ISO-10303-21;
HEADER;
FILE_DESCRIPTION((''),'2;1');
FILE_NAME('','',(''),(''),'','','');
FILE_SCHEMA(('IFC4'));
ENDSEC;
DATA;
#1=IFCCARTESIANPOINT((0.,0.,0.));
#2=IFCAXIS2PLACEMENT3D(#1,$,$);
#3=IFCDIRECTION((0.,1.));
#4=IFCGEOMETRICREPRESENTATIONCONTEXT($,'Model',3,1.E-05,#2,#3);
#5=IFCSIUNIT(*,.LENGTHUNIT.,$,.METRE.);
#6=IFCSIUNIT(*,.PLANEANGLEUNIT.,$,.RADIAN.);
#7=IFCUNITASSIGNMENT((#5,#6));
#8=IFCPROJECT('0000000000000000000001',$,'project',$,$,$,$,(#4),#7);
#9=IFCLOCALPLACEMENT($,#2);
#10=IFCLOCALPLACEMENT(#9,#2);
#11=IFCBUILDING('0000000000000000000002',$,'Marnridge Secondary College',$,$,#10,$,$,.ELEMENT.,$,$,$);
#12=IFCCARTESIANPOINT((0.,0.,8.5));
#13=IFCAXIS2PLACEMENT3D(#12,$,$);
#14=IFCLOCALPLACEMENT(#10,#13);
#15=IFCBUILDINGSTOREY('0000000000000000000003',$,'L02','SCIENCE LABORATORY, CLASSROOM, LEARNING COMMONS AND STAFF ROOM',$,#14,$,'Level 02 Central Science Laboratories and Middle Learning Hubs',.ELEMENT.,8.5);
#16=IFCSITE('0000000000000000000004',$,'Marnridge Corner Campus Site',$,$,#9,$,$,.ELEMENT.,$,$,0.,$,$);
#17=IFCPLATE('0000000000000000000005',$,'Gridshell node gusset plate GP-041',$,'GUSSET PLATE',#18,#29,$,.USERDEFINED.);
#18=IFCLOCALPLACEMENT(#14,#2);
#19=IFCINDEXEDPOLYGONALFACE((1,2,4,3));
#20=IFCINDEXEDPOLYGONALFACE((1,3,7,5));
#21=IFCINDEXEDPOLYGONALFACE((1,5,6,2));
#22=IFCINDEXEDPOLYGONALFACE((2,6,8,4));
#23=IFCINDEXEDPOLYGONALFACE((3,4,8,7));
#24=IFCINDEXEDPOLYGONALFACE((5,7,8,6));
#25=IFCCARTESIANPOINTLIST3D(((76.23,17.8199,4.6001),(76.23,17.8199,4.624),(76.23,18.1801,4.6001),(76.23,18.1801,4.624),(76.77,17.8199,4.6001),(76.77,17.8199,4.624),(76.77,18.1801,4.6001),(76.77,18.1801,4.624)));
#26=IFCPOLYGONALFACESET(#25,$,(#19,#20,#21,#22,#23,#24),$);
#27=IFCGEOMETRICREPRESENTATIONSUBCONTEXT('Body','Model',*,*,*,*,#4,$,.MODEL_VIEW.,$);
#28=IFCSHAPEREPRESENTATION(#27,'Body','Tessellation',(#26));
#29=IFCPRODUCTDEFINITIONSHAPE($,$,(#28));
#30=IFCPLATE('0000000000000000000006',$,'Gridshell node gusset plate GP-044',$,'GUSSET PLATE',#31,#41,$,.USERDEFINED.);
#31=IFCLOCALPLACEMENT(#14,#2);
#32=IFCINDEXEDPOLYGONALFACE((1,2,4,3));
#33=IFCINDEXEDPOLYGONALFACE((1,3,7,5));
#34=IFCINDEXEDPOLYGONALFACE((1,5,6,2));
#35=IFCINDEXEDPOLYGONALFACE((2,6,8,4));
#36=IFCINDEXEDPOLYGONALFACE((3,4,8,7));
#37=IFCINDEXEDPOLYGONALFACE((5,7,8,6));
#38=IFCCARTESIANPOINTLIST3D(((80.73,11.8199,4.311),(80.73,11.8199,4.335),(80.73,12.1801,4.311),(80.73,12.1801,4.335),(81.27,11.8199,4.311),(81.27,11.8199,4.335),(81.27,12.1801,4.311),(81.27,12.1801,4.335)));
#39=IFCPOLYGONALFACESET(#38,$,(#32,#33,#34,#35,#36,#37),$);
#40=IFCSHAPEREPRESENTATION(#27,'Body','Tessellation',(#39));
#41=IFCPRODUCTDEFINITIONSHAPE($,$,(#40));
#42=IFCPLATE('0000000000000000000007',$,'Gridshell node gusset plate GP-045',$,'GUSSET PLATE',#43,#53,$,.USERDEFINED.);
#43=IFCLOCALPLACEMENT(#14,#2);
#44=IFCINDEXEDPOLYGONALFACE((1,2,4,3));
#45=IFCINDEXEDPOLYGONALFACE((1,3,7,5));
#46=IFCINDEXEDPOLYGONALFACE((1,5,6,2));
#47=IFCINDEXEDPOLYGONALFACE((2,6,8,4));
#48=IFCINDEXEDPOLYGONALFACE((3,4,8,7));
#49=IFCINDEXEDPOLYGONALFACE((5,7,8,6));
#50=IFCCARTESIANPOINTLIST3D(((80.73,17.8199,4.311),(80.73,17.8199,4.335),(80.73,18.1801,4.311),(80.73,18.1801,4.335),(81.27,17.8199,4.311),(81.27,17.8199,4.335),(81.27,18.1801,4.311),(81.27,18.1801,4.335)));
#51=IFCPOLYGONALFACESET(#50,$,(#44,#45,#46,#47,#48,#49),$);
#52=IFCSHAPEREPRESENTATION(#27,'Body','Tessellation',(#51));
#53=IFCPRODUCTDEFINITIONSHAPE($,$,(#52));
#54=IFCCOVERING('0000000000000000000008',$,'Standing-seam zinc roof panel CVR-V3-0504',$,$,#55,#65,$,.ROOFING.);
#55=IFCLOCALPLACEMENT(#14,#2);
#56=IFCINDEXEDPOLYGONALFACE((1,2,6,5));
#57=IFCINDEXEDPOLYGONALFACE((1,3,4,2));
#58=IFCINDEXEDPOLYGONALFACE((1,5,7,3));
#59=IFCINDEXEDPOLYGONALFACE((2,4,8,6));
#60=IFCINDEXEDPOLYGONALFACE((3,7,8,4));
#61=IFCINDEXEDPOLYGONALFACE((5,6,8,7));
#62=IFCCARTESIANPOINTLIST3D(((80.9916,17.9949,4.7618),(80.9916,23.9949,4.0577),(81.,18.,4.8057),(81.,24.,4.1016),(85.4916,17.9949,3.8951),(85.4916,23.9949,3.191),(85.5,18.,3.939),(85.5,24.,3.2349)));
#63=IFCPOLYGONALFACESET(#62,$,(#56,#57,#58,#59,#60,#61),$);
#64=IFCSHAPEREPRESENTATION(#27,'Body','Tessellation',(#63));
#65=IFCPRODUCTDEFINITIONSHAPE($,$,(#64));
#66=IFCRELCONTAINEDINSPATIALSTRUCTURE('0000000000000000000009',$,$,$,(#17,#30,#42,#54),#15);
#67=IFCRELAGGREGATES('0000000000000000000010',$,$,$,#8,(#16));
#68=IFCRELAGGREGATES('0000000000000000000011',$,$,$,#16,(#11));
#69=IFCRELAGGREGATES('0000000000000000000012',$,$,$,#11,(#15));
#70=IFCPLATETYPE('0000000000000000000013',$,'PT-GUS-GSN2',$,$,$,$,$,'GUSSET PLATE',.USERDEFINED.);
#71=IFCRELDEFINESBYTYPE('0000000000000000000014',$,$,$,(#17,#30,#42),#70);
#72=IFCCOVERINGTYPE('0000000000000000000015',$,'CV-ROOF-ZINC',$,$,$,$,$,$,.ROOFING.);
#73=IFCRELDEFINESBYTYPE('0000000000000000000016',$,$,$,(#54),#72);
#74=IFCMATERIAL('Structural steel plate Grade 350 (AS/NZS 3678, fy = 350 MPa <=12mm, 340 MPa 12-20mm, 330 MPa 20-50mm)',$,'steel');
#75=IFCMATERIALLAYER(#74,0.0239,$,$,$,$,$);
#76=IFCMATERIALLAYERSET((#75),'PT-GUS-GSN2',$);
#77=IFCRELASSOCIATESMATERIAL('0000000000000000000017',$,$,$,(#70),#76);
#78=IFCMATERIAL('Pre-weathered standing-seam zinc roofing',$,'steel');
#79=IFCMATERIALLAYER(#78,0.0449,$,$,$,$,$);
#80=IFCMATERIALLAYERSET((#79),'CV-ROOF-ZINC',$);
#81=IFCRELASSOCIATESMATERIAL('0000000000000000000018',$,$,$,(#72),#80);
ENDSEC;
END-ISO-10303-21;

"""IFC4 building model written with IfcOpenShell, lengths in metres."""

from ifc_helpers import new_model, si_unit, direction, frame, origin, origin_2d, place, context, subcontext, project, spatial, polyline, rectangle, outline, extrude, material, layer, layer_set, type_object, element, save


model = new_model("IFC4")

# Units and contexts
model_context = context("Model", 3, precision=1e-05, world=origin(), true_north=direction((0.0, 1.0)))
body_context = subcontext(model_context, "Body", "Model", "MODEL_VIEW")
ifc_project = project(units=[si_unit("LENGTHUNIT", "METRE"), si_unit("PLANEANGLEUNIT", "RADIAN")], contexts=[model_context])

# Site, building, storey
site_placement = place(None, origin())
site = spatial("IfcSite", under=ifc_project, at=site_placement, Name="Marnridge Corner Campus Site", CompositionType="ELEMENT", RefElevation=0.0)
building_placement = place(site_placement, origin())
building = spatial("IfcBuilding", under=site, at=building_placement, Name="Marnridge Secondary College", CompositionType="ELEMENT")
storey_placement = place(building_placement, frame((0.0, 0.0, 8.5)))
storey = spatial("IfcBuildingStorey", under=building, at=storey_placement, Name="L02", Description="SCIENCE LABORATORY, CLASSROOM, LEARNING COMMONS AND STAFF ROOM", LongName="Level 02 Central Science Laboratories and Middle Learning Hubs", CompositionType="ELEMENT", Elevation=8.5)

# Plates
ifc_material_1 = material(Name="Structural steel plate Grade 350 (AS/NZS 3678, fy = 350 MPa <=12mm, 340 MPa 12-20mm, 330 MPa 20-50mm)", Category="steel")
ifc_layer_1 = layer(ifc_material_1, 0.0239)
ifc_layer_set_1 = layer_set([ifc_layer_1], Name="PT-GUS-GSN2")
plate_type_1 = type_object("IfcPlateType", Name="PT-GUS-GSN2", ElementType="GUSSET PLATE", PredefinedType="USERDEFINED", material=ifc_layer_set_1)
for number, where, z_axis, x_axis, name in (
    (1, (76.5, 18.0, 4.6001), (0.0, 0.0, 1.0), (1.0, 0.0, 0.0), "Gridshell node gusset plate GP-041"),
    (2, (81.0, 12.0, 4.311), (0.0, 0.0, 1.0), (1.0, 0.0, 0.0), "Gridshell node gusset plate GP-044"),
    (3, (81.0, 18.0, 4.311), (0.0, 0.0, 1.0), (1.0, 0.0, 0.0), "Gridshell node gusset plate GP-045"),
):
    element("IfcPlate", number, at=place(storey_placement, frame(where, z_axis=z_axis, x_axis=x_axis)), inside=storey, type_object=plate_type_1, Name=name, ObjectType="GUSSET PLATE", PredefinedType="USERDEFINED", context=body_context, shape_type="SweptSolid", body=[
        extrude(rectangle(XDim=0.54, YDim=0.3601, at=origin_2d()), origin(), (0.0, 0.0, 1.0), 0.0239),
    ])

# Covering
ifc_material_2 = material(Name="Pre-weathered standing-seam zinc roofing", Category="steel")
ifc_layer_2 = layer(ifc_material_2, 0.0449)
ifc_layer_set_2 = layer_set([ifc_layer_2], Name="CV-ROOF-ZINC")
covering_type = type_object("IfcCoveringType", Name="CV-ROOF-ZINC", PredefinedType="ROOFING", material=ifc_layer_set_2)
covering_placement = place(storey_placement, frame((81.0, 18.0, 4.8057), z_axis=(0.187881, 0.114475, 0.975498), x_axis=(0.981953, 0.0, -0.189124)))
element("IfcCovering", 4, at=covering_placement, inside=storey, type_object=covering_type, Name="Standing-seam zinc roof panel CVR-V3-0504", PredefinedType="ROOFING", context=body_context, shape_type="SweptSolid", body=[
    extrude(outline(polyline([(0.0, 0.0), (4.5827, 0.0), (4.7159, 6.0397), (0.1332, 6.0397), (0.0, 0.0)])), origin(), (0.0, 0.0, -1.0), 0.0449),
])

save(model, "model.ifc")
